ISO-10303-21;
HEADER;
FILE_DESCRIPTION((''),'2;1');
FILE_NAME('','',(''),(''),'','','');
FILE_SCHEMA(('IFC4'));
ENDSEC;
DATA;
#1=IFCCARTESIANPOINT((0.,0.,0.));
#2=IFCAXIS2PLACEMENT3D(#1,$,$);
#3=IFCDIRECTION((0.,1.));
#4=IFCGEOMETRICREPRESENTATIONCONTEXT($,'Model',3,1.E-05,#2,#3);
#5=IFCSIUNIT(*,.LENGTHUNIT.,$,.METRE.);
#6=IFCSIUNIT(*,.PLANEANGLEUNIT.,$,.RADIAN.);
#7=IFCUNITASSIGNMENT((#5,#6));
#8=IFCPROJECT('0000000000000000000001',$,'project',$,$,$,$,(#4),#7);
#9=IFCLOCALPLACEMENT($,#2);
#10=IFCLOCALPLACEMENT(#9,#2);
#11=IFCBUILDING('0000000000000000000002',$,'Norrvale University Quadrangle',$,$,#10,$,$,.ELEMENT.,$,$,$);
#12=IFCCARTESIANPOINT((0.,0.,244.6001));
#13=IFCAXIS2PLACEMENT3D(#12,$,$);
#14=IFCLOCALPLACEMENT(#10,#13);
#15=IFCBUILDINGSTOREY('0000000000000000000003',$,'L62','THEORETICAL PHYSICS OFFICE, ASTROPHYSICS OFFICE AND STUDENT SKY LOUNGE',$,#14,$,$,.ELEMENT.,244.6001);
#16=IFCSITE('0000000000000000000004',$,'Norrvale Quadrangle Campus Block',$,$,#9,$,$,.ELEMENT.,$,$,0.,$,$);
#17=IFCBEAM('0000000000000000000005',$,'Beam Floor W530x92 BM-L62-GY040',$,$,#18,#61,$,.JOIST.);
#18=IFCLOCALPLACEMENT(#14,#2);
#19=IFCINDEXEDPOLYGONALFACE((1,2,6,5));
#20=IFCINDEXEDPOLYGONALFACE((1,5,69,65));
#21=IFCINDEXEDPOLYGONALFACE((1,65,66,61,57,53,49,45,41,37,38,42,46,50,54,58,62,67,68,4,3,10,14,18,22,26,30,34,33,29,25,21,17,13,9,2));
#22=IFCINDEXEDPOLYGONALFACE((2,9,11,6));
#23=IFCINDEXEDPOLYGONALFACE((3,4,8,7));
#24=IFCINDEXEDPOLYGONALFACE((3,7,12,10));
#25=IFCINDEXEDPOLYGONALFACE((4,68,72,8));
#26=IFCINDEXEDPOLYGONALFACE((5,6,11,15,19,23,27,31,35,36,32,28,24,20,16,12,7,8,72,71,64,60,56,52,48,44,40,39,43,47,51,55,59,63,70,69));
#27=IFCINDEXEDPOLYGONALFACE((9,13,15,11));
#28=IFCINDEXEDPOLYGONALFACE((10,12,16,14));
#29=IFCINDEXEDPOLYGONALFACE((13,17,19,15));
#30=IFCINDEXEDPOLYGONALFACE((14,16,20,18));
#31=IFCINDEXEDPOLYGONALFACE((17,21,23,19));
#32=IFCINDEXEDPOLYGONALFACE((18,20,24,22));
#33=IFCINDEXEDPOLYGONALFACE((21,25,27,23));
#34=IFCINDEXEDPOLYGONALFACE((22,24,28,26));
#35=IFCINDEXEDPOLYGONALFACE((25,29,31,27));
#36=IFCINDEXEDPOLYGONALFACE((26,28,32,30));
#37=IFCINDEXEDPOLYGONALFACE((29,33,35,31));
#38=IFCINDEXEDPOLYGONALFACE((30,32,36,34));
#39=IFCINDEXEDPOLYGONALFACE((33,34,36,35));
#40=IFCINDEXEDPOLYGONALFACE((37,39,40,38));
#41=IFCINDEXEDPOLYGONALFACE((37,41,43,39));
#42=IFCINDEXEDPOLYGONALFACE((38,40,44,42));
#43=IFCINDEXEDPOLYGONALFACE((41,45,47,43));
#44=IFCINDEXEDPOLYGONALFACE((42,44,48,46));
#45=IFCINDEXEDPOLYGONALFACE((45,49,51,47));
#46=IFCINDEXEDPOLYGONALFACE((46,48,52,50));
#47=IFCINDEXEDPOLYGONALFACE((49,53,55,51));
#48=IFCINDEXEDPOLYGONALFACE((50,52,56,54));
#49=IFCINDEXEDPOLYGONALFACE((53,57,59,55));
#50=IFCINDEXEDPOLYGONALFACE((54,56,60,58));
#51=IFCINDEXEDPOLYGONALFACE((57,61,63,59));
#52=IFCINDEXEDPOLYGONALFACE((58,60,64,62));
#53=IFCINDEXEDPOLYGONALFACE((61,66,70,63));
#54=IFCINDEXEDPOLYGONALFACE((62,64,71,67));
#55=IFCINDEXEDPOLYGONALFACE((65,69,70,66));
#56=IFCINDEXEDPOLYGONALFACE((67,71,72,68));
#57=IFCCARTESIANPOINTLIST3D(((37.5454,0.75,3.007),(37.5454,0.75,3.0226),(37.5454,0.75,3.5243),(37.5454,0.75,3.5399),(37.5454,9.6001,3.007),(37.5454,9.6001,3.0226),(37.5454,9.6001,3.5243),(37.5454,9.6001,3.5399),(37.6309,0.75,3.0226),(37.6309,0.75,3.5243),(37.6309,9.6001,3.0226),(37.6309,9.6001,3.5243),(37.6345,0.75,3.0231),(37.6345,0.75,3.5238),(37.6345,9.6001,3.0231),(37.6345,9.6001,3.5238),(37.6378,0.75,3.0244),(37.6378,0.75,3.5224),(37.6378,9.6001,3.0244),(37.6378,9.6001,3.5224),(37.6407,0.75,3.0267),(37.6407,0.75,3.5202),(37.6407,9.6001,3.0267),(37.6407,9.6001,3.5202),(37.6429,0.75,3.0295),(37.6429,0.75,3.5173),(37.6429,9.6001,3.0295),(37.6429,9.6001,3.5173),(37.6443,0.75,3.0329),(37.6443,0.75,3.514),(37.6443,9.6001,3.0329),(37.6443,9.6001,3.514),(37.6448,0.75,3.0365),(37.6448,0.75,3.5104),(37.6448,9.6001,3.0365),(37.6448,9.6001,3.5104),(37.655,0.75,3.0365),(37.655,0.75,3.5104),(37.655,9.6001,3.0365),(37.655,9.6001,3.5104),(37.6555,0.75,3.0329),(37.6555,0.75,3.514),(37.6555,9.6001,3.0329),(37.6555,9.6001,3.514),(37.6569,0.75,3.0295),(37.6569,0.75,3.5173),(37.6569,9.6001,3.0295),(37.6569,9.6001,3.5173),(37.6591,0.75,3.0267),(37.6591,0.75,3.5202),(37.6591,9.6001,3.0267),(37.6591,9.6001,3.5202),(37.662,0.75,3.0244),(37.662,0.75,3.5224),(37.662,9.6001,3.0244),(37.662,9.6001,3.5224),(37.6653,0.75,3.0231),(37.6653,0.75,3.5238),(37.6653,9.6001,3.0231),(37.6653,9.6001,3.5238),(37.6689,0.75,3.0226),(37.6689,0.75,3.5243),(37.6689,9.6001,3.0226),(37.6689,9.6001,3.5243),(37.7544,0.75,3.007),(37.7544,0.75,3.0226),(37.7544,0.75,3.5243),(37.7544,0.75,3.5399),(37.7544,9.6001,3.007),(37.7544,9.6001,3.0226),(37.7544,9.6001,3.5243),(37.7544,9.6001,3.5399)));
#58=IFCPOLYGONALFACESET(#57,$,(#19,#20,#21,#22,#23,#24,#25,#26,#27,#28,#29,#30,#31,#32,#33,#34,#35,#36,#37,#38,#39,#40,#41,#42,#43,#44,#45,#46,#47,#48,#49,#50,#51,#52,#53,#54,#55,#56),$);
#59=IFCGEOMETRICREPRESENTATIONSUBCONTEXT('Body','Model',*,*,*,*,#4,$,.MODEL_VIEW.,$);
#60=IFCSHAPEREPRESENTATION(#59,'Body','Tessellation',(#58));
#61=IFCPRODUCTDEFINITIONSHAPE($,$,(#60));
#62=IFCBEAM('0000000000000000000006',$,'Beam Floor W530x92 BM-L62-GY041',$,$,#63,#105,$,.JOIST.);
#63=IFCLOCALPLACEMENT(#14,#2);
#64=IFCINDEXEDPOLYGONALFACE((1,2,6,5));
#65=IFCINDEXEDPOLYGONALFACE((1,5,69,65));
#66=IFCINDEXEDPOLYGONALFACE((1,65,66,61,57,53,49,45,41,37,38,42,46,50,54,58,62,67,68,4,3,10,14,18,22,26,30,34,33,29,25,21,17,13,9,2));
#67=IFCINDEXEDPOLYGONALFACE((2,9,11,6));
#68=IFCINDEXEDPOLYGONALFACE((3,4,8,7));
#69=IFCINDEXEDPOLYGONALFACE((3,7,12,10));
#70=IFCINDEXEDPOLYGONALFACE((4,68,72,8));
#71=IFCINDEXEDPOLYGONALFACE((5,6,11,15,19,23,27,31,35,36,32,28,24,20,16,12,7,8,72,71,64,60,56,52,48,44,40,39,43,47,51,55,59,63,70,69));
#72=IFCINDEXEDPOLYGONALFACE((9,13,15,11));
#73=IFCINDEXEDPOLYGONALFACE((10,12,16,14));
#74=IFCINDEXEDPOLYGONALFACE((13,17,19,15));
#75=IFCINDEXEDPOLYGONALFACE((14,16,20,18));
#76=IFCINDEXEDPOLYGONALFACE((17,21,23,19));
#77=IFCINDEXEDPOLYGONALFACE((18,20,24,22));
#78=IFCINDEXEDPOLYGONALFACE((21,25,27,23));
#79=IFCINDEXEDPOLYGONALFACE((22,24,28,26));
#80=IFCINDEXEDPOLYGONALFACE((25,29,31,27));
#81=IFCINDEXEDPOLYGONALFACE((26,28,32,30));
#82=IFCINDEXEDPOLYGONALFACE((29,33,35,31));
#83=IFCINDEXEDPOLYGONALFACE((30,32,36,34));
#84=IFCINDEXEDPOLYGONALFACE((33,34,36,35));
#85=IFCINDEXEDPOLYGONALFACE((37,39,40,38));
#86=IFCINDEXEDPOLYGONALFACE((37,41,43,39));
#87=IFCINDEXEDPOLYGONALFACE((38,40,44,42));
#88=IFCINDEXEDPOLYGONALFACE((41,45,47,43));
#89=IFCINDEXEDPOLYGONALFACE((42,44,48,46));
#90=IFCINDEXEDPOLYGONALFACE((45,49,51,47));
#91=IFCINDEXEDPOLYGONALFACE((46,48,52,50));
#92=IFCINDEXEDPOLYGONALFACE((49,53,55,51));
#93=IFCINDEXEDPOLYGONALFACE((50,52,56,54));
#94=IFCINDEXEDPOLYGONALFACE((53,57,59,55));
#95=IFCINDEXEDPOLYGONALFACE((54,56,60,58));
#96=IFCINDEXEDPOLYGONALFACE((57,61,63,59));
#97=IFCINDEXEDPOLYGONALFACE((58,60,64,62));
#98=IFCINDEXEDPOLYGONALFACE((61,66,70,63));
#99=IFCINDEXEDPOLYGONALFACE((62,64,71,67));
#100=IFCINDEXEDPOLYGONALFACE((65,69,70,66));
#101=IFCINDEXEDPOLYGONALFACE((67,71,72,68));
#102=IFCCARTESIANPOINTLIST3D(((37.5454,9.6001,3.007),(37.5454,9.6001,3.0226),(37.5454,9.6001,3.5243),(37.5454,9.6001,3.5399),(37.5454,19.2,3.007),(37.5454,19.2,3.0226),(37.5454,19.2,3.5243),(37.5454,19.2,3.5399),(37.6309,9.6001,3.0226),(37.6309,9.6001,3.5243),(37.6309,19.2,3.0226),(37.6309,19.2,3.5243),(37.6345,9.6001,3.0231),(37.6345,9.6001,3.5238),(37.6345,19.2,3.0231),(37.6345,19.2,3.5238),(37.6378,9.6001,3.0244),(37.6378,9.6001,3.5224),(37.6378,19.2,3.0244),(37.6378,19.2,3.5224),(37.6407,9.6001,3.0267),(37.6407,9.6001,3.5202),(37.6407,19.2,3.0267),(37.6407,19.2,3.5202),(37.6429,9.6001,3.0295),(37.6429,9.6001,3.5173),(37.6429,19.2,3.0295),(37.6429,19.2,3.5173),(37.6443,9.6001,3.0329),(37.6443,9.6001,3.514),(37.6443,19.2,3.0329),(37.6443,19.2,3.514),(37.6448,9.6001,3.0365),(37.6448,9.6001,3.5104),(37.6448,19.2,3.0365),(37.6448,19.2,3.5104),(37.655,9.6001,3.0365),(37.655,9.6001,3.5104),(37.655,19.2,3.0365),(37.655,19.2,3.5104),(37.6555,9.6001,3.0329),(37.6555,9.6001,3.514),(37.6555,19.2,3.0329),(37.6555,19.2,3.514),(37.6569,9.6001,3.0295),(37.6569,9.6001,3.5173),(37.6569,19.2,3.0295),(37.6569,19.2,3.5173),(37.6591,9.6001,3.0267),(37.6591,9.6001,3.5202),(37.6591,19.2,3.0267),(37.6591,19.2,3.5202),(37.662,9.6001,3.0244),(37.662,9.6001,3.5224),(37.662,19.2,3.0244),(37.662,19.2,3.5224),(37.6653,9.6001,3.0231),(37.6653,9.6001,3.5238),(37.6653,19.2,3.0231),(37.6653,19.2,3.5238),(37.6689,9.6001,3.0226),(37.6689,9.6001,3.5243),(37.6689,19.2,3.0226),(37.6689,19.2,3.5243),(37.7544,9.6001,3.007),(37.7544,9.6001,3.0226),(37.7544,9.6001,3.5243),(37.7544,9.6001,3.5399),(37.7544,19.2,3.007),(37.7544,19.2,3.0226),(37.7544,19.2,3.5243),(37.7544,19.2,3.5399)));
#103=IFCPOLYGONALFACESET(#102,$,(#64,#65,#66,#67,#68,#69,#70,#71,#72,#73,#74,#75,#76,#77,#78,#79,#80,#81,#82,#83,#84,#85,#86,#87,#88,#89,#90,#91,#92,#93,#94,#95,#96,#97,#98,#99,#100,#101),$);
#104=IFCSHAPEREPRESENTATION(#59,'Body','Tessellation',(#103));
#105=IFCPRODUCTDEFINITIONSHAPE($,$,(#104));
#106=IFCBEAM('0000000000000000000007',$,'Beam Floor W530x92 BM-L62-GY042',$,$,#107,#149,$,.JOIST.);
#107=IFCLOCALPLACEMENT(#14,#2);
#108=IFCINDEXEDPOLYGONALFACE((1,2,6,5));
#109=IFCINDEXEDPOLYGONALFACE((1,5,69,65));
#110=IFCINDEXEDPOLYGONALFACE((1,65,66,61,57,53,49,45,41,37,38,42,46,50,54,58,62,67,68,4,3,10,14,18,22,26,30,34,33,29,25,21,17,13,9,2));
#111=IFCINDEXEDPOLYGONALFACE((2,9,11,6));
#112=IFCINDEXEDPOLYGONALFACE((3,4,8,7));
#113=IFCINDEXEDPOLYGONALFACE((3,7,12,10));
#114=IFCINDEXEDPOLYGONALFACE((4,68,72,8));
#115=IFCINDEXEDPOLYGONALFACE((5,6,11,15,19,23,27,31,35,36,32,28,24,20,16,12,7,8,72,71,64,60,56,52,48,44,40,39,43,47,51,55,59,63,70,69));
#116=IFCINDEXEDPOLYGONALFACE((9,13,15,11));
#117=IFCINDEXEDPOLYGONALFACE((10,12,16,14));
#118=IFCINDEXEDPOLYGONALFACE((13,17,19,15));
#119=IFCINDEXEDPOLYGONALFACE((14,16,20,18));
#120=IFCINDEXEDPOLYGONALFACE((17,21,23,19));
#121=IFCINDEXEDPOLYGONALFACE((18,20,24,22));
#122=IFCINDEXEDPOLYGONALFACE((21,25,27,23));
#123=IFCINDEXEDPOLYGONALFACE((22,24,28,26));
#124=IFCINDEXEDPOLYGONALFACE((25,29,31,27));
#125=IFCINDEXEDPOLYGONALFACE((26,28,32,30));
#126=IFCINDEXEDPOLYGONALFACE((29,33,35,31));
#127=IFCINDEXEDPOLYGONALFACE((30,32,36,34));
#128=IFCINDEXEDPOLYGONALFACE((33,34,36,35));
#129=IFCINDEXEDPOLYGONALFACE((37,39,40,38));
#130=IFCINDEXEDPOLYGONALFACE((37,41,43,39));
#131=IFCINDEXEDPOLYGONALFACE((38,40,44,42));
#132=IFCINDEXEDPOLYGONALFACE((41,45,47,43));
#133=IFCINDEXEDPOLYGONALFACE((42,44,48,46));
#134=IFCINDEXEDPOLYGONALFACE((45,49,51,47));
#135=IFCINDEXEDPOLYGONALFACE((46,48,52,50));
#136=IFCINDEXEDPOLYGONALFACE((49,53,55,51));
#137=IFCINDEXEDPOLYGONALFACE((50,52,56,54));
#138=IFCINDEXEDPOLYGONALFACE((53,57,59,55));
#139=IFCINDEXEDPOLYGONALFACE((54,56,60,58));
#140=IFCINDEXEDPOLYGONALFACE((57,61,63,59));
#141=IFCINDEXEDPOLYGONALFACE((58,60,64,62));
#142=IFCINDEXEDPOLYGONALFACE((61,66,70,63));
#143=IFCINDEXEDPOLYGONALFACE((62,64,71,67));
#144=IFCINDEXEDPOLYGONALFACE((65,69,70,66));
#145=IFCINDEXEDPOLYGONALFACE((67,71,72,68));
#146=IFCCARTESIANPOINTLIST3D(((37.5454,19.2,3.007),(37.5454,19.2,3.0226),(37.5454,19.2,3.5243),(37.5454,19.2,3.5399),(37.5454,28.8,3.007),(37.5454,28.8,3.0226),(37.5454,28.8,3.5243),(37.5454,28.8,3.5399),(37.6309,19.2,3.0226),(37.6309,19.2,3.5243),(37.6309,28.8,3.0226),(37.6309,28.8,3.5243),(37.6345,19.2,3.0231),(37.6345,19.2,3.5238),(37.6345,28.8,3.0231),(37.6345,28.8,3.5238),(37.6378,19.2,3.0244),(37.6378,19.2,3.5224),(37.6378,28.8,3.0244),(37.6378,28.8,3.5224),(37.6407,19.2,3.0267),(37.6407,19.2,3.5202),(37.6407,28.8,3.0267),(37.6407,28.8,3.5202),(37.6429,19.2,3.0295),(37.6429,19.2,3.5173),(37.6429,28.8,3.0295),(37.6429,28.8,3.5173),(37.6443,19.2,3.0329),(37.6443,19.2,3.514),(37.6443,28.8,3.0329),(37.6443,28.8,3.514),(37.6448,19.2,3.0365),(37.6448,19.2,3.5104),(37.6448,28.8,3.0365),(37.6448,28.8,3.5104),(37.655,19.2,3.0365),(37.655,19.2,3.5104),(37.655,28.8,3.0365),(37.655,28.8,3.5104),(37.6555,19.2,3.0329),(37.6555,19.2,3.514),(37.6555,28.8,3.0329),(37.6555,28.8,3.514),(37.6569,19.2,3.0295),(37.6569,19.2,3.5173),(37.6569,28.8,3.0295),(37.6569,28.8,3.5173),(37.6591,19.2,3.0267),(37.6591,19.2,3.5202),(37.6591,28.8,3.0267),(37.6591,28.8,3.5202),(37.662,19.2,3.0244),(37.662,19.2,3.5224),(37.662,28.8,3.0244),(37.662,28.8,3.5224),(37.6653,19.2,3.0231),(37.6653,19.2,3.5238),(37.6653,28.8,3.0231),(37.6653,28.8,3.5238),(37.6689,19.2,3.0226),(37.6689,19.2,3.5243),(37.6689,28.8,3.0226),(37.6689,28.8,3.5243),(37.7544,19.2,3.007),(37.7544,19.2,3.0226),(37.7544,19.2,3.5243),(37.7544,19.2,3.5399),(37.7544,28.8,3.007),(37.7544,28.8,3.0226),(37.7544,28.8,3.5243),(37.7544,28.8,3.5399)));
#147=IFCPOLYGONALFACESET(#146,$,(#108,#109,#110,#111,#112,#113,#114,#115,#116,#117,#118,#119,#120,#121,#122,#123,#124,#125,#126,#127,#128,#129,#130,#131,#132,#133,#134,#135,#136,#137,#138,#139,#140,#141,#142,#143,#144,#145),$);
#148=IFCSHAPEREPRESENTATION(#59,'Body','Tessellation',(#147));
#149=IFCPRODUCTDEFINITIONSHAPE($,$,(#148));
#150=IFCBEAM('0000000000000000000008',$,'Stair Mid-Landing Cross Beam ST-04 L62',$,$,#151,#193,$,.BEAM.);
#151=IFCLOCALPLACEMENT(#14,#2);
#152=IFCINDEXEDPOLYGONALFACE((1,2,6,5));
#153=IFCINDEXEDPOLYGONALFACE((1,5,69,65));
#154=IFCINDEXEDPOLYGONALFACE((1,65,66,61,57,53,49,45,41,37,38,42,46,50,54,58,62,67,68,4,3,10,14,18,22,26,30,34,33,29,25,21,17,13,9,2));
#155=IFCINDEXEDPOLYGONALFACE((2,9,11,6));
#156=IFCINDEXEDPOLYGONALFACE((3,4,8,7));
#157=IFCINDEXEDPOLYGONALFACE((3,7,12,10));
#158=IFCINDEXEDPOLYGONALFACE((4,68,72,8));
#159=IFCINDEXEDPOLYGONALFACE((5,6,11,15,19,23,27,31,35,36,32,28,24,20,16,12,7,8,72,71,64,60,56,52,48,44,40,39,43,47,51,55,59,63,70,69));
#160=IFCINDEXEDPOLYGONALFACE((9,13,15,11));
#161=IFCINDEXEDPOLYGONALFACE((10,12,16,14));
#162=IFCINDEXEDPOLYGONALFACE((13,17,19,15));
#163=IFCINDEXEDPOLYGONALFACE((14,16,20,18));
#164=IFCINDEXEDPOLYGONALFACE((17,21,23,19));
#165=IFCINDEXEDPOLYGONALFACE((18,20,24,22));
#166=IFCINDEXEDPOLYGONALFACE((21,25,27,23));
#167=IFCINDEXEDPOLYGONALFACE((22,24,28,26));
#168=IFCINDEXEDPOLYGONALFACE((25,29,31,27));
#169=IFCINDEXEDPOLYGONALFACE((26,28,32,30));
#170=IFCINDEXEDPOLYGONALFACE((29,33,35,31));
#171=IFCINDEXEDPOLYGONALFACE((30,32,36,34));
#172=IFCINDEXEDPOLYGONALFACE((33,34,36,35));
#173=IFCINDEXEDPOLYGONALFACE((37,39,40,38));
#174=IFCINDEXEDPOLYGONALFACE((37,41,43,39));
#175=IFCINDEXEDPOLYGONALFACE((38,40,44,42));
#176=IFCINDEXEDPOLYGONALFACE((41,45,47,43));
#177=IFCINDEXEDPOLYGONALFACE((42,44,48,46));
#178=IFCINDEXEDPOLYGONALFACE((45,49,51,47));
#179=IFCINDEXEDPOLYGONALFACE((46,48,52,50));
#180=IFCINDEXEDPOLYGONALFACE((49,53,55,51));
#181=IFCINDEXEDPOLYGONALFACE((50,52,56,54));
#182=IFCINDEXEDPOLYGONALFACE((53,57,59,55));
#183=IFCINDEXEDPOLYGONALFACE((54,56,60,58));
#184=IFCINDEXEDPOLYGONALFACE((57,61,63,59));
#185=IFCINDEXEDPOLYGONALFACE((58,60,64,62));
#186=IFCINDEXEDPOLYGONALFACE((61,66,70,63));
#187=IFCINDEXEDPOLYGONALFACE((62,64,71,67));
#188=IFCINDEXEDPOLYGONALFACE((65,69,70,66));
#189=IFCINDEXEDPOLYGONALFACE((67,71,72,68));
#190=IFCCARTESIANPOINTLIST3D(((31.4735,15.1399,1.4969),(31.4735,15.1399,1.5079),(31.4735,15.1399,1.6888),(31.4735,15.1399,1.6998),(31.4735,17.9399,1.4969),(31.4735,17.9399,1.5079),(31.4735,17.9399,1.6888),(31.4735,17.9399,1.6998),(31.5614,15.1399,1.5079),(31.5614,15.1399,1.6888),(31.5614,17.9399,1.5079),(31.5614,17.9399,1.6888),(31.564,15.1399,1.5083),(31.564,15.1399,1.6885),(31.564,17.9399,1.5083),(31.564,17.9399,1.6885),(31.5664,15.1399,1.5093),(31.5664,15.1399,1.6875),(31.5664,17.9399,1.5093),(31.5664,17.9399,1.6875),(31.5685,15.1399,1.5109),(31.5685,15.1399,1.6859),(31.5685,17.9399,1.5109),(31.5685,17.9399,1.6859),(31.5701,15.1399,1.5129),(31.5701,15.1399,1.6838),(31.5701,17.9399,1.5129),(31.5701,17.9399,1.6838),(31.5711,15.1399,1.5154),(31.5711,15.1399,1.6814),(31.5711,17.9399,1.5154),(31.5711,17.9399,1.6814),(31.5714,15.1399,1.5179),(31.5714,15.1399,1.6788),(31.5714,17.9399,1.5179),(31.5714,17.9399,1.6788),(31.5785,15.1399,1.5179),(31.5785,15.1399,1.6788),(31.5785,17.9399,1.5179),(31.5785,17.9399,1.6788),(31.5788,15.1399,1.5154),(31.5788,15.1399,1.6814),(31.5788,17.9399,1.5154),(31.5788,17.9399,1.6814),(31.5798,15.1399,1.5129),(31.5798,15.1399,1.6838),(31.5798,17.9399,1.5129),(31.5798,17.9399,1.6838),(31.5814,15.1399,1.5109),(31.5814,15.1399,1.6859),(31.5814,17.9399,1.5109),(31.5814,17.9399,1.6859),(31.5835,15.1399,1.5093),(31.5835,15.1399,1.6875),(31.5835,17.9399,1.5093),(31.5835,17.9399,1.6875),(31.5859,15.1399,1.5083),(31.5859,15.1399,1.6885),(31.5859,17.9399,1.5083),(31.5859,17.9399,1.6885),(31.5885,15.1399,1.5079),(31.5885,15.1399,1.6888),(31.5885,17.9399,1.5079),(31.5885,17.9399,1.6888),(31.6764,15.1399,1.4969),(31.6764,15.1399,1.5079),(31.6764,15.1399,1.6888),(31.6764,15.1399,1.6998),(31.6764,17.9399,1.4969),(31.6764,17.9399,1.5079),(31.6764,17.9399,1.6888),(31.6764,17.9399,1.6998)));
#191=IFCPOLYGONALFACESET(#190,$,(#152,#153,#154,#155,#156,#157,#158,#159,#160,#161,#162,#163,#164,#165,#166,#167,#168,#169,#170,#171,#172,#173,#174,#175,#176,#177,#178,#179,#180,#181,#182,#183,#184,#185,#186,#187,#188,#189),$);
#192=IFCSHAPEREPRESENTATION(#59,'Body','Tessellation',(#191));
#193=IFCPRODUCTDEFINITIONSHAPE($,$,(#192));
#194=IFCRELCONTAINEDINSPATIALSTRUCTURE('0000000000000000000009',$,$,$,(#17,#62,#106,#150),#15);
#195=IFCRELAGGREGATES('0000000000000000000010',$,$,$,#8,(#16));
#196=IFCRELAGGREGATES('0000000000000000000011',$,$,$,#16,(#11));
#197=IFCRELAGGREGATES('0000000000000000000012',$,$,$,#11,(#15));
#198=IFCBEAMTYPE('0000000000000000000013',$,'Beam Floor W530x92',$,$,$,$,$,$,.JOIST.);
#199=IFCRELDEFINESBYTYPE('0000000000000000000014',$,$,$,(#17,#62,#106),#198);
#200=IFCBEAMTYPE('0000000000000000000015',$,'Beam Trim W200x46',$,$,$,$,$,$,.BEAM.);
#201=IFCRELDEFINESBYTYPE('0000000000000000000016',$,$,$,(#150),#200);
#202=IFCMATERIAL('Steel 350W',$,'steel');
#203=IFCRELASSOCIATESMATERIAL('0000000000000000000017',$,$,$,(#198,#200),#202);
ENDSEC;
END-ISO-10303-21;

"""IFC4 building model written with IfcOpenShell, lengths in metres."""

from ifc_helpers import new_model, si_unit, direction, frame, origin, origin_2d, place, context, subcontext, project, spatial, i_section, extrude, material, material_profile, profile_set, type_object, element, save


model = new_model("IFC4")

# Units and contexts
model_context = context("Model", 3, precision=1e-05, world=origin(), true_north=direction((0.0, 1.0)))
body_context = subcontext(model_context, "Body", "Model", "MODEL_VIEW")
ifc_project = project(units=[si_unit("LENGTHUNIT", "METRE"), si_unit("PLANEANGLEUNIT", "RADIAN")], contexts=[model_context])

# Site, building, storey
site_placement = place(None, origin())
site = spatial("IfcSite", under=ifc_project, at=site_placement, Name="Norrvale Quadrangle Campus Block", CompositionType="ELEMENT", RefElevation=0.0)
building_placement = place(site_placement, origin())
building = spatial("IfcBuilding", under=site, at=building_placement, Name="Norrvale University Quadrangle", CompositionType="ELEMENT")
storey_placement = place(building_placement, frame((0.0, 0.0, 244.6001)))
storey = spatial("IfcBuildingStorey", under=building, at=storey_placement, Name="L62", Description="THEORETICAL PHYSICS OFFICE, ASTROPHYSICS OFFICE AND STUDENT SKY LOUNGE", CompositionType="ELEMENT", Elevation=244.6001)

# Beams
ifc_material_1 = material(Name="Steel 350W", Category="steel")
ifc_material_profile_1 = material_profile(ifc_material_1, i_section(OverallWidth=0.209, OverallDepth=0.533, WebThickness=0.0103, FlangeThickness=0.0156, FilletRadius=0.0139, at=origin_2d()), Name="Steel 350W")
ifc_profile_set_1 = profile_set([ifc_material_profile_1], Name="Steel 350W")
beam_type_1 = type_object("IfcBeamType", Name="Beam Floor W530x92", PredefinedType="JOIST", material=ifc_profile_set_1)
beam_1_placement = place(storey_placement, frame((37.6499, 0.75, 3.2734), z_axis=(0.0, 1.0, 0.0), x_axis=(-1.0, 0.0, 0.0)))
element("IfcBeam", 1, at=beam_1_placement, inside=storey, type_object=beam_type_1, Name="Beam Floor W530x92 BM-L62-GY040", PredefinedType="JOIST", context=body_context, shape_type="SweptSolid", body=[
    extrude(i_section(OverallWidth=0.209, OverallDepth=0.533, WebThickness=0.0103, FlangeThickness=0.0156, FilletRadius=0.0139, at=origin_2d()), origin(), (0.0, 0.0, 1.0), 8.8501),
])
beam_2_placement = place(storey_placement, frame((37.6499, 9.6001, 3.2734), z_axis=(0.0, 1.0, 0.0), x_axis=(-1.0, 0.0, 0.0)))
element("IfcBeam", 2, at=beam_2_placement, inside=storey, type_object=beam_type_1, Name="Beam Floor W530x92 BM-L62-GY041", PredefinedType="JOIST", context=body_context, shape_type="SweptSolid", body=[
    extrude(i_section(OverallWidth=0.209, OverallDepth=0.533, WebThickness=0.0103, FlangeThickness=0.0156, FilletRadius=0.0139, at=origin_2d()), origin(), (0.0, 0.0, 1.0), 9.5999),
])
beam_3_placement = place(storey_placement, frame((37.6499, 19.2, 3.2734), z_axis=(0.0, 1.0, 0.0), x_axis=(-1.0, 0.0, 0.0)))
element("IfcBeam", 3, at=beam_3_placement, inside=storey, type_object=beam_type_1, Name="Beam Floor W530x92 BM-L62-GY042", PredefinedType="JOIST", context=body_context, shape_type="SweptSolid", body=[
    extrude(i_section(OverallWidth=0.209, OverallDepth=0.533, WebThickness=0.0103, FlangeThickness=0.0156, FilletRadius=0.0139, at=origin_2d()), origin(), (0.0, 0.0, 1.0), 9.6001),
])
ifc_material_profile_2 = material_profile(ifc_material_1, i_section(OverallWidth=0.2029, OverallDepth=0.2029, WebThickness=0.0071, FlangeThickness=0.011, FilletRadius=0.01, at=origin_2d()), Name="Steel 350W")
ifc_profile_set_2 = profile_set([ifc_material_profile_2], Name="Steel 350W")
beam_type_2 = type_object("IfcBeamType", Name="Beam Trim W200x46", PredefinedType="BEAM", material=ifc_profile_set_2)
beam_4_placement = place(storey_placement, frame((31.575, 15.1399, 1.5984), z_axis=(0.0, 1.0, 0.0), x_axis=(-1.0, 0.0, 0.0)))
element("IfcBeam", 4, at=beam_4_placement, inside=storey, type_object=beam_type_2, Name="Stair Mid-Landing Cross Beam ST-04 L62", PredefinedType="BEAM", context=body_context, shape_type="SweptSolid", body=[
    extrude(i_section(OverallWidth=0.2029, OverallDepth=0.2029, WebThickness=0.0071, FlangeThickness=0.011, FilletRadius=0.01, at=origin_2d()), origin(), (0.0, 0.0, 1.0), 2.8),
])

save(model, "model.ifc")
